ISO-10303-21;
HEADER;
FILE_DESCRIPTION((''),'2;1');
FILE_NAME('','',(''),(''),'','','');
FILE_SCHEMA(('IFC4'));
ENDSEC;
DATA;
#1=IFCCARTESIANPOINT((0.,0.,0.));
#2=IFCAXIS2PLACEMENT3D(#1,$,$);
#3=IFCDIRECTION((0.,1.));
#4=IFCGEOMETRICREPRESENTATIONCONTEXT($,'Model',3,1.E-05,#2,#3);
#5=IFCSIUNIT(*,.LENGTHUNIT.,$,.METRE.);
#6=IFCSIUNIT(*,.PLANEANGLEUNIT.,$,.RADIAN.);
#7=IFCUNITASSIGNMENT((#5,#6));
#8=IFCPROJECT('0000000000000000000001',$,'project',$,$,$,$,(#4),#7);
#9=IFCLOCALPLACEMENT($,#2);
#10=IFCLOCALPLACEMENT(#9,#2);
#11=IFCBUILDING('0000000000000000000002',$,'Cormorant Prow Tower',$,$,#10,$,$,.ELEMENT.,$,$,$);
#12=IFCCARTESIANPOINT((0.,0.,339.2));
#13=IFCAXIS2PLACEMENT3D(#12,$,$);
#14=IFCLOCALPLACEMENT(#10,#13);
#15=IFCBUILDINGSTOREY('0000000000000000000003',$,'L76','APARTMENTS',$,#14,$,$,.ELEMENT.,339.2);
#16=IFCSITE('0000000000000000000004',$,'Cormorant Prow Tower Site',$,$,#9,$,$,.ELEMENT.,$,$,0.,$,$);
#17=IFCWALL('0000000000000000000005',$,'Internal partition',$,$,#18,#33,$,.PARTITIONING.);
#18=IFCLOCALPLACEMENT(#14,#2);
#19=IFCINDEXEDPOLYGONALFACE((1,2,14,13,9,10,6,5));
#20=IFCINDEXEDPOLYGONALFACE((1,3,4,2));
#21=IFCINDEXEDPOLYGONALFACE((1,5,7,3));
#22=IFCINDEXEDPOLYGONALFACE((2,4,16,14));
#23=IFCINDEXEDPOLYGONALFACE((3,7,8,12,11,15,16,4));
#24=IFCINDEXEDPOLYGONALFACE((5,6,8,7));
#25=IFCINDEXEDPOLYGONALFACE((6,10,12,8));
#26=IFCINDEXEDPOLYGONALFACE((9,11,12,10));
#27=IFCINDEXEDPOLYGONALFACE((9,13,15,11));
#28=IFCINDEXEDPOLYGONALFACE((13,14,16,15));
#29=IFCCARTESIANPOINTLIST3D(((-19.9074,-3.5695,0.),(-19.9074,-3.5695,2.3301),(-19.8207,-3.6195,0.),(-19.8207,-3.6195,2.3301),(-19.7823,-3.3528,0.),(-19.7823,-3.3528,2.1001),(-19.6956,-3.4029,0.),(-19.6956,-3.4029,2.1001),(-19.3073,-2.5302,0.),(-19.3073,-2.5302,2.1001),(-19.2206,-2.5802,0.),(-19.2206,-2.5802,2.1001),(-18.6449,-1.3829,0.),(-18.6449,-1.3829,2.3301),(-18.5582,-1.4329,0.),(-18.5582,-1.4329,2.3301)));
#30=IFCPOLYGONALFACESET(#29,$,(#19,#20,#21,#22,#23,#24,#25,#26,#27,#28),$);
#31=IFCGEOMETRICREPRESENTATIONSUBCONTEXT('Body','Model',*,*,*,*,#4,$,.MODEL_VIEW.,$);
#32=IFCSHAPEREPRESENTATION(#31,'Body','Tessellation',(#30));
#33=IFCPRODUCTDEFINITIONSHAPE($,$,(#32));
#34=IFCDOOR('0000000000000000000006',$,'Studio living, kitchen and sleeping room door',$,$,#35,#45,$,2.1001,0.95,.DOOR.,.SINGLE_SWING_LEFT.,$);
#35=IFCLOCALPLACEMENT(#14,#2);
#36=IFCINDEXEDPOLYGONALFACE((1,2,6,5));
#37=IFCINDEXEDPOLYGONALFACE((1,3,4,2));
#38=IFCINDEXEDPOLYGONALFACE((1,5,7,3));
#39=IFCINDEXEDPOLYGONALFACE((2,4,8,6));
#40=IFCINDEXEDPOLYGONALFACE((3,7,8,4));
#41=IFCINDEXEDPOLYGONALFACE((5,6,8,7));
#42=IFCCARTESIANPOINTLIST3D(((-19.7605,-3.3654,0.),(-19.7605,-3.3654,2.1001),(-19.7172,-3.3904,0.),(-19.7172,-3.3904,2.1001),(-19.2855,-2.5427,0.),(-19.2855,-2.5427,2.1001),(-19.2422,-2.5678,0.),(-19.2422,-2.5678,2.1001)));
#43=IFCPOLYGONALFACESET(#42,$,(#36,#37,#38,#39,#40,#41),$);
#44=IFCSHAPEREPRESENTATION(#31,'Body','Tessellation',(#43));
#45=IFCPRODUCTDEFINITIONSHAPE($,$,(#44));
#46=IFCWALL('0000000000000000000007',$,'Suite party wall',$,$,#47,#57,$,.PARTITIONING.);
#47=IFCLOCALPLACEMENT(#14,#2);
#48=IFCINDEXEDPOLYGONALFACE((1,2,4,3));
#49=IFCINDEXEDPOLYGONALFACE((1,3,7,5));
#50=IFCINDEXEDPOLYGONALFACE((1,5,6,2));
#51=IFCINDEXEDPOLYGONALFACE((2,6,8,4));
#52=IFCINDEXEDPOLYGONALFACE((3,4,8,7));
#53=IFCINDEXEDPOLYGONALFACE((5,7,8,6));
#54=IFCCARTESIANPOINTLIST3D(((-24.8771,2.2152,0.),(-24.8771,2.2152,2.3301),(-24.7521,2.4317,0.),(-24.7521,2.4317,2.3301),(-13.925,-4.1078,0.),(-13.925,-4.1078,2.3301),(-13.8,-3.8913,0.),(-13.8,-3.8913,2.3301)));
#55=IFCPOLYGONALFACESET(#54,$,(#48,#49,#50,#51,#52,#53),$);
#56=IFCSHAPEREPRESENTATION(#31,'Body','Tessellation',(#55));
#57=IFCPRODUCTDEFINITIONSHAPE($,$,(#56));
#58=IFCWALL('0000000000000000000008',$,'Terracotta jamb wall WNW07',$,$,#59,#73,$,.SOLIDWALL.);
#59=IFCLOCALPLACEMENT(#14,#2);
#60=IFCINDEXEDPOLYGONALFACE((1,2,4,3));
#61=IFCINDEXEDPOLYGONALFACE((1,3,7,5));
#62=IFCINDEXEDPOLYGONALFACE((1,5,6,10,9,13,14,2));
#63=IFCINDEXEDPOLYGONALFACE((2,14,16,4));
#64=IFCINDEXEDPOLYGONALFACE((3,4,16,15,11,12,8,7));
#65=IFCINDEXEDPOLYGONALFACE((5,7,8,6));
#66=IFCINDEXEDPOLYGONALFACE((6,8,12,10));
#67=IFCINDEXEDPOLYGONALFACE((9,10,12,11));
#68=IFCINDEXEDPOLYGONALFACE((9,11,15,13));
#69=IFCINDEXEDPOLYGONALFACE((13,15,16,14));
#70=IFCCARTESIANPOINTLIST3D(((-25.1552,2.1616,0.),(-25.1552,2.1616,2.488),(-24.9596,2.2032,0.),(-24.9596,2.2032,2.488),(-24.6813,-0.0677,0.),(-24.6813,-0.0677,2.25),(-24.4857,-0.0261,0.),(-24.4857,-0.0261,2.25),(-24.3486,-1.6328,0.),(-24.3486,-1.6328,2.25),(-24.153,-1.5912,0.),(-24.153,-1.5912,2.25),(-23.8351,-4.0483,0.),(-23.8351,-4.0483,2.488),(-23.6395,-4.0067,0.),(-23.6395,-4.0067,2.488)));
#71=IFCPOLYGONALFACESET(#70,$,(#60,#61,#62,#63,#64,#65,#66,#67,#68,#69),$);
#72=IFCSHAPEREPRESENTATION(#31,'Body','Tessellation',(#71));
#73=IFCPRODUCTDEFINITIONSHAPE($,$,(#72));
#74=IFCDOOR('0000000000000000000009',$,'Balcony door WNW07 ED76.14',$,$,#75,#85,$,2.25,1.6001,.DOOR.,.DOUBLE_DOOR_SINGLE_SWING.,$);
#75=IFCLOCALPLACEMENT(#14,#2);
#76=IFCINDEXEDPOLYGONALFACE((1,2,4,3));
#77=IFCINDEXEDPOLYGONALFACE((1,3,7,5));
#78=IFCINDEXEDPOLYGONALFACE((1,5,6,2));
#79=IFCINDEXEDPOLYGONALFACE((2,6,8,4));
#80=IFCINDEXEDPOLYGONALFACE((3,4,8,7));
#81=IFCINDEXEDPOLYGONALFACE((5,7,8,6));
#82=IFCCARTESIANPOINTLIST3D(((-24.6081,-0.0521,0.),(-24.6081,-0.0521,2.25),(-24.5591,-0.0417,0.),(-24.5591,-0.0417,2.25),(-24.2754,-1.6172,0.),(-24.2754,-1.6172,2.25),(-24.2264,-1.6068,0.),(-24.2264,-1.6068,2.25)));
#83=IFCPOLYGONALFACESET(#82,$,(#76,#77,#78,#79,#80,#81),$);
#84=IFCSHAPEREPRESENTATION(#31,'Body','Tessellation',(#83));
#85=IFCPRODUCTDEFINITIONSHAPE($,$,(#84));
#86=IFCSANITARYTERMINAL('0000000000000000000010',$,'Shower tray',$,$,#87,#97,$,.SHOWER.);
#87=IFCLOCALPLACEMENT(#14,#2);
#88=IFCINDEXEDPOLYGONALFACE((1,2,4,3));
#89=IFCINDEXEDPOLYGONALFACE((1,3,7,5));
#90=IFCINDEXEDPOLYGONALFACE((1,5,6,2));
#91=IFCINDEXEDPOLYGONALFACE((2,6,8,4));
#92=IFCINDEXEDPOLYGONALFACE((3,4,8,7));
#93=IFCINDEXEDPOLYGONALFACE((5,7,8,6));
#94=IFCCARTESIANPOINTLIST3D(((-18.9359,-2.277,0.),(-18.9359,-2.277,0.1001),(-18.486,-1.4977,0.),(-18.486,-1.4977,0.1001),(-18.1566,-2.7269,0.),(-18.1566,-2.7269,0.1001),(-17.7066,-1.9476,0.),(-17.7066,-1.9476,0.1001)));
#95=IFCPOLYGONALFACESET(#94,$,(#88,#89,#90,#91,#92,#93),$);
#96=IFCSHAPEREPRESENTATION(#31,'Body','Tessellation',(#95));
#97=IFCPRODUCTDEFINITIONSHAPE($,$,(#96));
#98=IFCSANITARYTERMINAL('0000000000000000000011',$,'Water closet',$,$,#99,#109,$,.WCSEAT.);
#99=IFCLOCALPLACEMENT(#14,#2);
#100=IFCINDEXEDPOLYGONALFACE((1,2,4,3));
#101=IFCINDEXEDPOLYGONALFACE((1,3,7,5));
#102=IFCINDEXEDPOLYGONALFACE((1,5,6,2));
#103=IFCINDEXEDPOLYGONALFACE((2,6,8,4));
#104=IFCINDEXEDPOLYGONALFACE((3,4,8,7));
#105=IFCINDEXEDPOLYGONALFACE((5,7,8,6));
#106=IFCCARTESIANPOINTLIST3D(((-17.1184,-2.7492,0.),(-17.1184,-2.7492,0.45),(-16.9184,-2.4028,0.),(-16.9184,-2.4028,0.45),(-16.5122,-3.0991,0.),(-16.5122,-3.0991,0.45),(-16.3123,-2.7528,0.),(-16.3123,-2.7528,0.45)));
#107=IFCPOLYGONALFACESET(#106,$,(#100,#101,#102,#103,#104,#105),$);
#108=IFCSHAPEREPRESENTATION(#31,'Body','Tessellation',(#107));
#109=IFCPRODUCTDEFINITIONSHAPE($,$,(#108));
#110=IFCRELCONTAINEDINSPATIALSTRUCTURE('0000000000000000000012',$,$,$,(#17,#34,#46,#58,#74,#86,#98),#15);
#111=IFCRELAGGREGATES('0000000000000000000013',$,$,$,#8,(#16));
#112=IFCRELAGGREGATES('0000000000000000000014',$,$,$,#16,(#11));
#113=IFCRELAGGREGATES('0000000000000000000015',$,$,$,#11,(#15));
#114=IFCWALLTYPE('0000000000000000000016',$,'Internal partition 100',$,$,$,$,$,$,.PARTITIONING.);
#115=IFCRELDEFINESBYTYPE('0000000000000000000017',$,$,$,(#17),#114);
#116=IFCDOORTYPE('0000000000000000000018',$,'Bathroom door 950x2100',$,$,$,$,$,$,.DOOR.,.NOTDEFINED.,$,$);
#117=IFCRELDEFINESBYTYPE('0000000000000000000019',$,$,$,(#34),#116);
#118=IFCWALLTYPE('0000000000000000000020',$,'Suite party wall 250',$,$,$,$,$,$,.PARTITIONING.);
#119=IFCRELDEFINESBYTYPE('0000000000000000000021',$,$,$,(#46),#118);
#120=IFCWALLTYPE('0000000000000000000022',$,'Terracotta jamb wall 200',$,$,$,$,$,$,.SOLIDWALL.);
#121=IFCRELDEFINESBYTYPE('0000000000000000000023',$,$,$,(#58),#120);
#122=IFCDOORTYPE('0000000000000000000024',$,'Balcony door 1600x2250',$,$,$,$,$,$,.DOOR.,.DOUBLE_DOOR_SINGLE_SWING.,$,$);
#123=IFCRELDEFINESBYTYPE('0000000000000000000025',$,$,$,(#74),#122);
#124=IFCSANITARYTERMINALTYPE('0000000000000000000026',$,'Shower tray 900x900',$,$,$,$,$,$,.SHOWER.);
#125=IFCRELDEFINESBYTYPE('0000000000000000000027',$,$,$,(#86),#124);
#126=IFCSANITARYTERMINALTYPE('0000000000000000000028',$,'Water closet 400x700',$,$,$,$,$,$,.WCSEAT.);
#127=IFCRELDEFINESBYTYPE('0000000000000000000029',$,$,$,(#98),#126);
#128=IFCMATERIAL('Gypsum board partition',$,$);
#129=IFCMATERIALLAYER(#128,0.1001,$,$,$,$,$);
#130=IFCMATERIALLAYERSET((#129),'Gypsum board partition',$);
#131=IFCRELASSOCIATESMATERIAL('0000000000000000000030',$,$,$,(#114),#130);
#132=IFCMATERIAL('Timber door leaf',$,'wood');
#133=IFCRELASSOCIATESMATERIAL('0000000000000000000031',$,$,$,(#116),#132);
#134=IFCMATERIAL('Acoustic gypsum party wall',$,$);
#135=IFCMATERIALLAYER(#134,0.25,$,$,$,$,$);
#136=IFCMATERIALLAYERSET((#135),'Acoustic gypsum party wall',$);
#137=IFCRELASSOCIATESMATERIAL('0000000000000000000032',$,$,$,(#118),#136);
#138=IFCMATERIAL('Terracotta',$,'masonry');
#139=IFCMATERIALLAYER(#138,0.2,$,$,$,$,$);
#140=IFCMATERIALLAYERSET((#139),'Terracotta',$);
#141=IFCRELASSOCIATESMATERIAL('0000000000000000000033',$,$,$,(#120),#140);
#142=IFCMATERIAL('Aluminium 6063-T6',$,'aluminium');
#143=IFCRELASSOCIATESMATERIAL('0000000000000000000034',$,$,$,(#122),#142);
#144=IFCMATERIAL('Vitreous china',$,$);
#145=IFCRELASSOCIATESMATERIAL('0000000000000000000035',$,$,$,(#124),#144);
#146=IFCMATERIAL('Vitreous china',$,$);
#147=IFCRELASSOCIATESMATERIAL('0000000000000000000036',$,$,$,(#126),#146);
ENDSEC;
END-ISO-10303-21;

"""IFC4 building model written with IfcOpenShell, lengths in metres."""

from ifc_helpers import new_model, si_unit, direction, frame, frame_2d, origin, origin_2d, place, context, subcontext, project, spatial, rectangle, extrude, material, layer, layer_set, type_object, element, fill, save


model = new_model("IFC4")

# Units and contexts
model_context = context("Model", 3, precision=1e-05, world=origin(), true_north=direction((0.0, 1.0)))
body_context = subcontext(model_context, "Body", "Model", "MODEL_VIEW")
ifc_project = project(units=[si_unit("LENGTHUNIT", "METRE"), si_unit("PLANEANGLEUNIT", "RADIAN")], contexts=[model_context])

# Site, building, storey
site_placement = place(None, origin())
site = spatial("IfcSite", under=ifc_project, at=site_placement, Name="Cormorant Prow Tower Site", CompositionType="ELEMENT", RefElevation=0.0)
building_placement = place(site_placement, origin())
building = spatial("IfcBuilding", under=site, at=building_placement, Name="Cormorant Prow Tower", CompositionType="ELEMENT")
storey_placement = place(building_placement, frame((0.0, 0.0, 339.2)))
storey = spatial("IfcBuildingStorey", under=building, at=storey_placement, Name="L76", Description="APARTMENTS", CompositionType="ELEMENT", Elevation=339.2)

# Shared definitions
ifc_material_1 = material(Name="Gypsum board partition")
ifc_layer_1 = layer(ifc_material_1, 0.1001)
ifc_layer_set_1 = layer_set([ifc_layer_1], Name="Gypsum board partition")
wall_type_1 = type_object("IfcWallType", Name="Internal partition 100", PredefinedType="PARTITIONING", material=ifc_layer_set_1)
ifc_material_2 = material(Name="Timber door leaf", Category="wood")
door_type_1 = type_object("IfcDoorType", Name="Bathroom door 950x2100", OperationType="NOTDEFINED", PredefinedType="DOOR", material=ifc_material_2)

# Wall, opening, door
wall_1_placement = place(storey_placement, frame((-19.864, -3.5945, 0.0), z_axis=(0.0, 0.0, 1.0), x_axis=(0.500018, 0.866015, 0.0)))
wall_1 = element("IfcWall", 1, at=wall_1_placement, inside=storey, type_object=wall_type_1, Name="Internal partition", PredefinedType="PARTITIONING", context=body_context, shape_type="SweptSolid", body=[
    extrude(rectangle(XDim=2.5249, YDim=0.1001, at=frame_2d((1.2625, 0.0))), origin(), (0.0, 0.0, 1.0), 2.3301),
])
opening_1_placement = place(wall_1_placement, frame((0.25, 0.0, 0.0)))
opening_1 = element("IfcOpeningElement", 2, at=opening_1_placement, cuts=wall_1, PredefinedType="OPENING", context=body_context, shape_type="SweptSolid", body=[
    extrude(rectangle(XDim=0.95, YDim=2.1001, at=frame_2d((0.4751, 1.05))), frame((0.0, 0.0601, 0.0), z_axis=(0.0, -1.0, 0.0), x_axis=(1.0, 0.0, 0.0)), (0.0, 0.0, 1.0), 0.1201),
])
door_1_placement = place(opening_1_placement, origin())
door_1 = element("IfcDoor", 3, at=door_1_placement, inside=storey, type_object=door_type_1, Name="Studio living, kitchen and sleeping room door", OperationType="SINGLE_SWING_LEFT", OverallHeight=2.1001, OverallWidth=0.95, PredefinedType="DOOR", context=body_context, shape_type="SweptSolid", body=[
    extrude(rectangle(XDim=0.95, YDim=2.1001, at=frame_2d((0.4751, 1.05))), frame((0.0, 0.0249, 0.0), z_axis=(0.0, -1.0, 0.0), x_axis=(1.0, 0.0, 0.0)), (0.0, 0.0, 1.0), 0.05),
])
fill(opening_1, door_1)

# Wall
ifc_material_3 = material(Name="Acoustic gypsum party wall")
ifc_layer_2 = layer(ifc_material_3, 0.25)
ifc_layer_set_2 = layer_set([ifc_layer_2], Name="Acoustic gypsum party wall")
wall_type_2 = type_object("IfcWallType", Name="Suite party wall 250", PredefinedType="PARTITIONING", material=ifc_layer_set_2)
wall_2_placement = place(storey_placement, frame((-24.8147, 2.3235, 0.0), z_axis=(0.0, 0.0, 1.0), x_axis=(0.866033, -0.499986, 0.0)))
element("IfcWall", 4, at=wall_2_placement, inside=storey, type_object=wall_type_2, Name="Suite party wall", PredefinedType="PARTITIONING", context=body_context, shape_type="SweptSolid", body=[
    extrude(rectangle(XDim=12.6462, YDim=0.25, at=frame_2d((6.3232, 0.0))), origin(), (0.0, 0.0, 1.0), 2.3301),
])

# Wall, opening, door
ifc_material_4 = material(Name="Terracotta", Category="masonry")
ifc_layer_3 = layer(ifc_material_4, 0.2)
ifc_layer_set_3 = layer_set([ifc_layer_3], Name="Terracotta")
wall_type_3 = type_object("IfcWallType", Name="Terracotta jamb wall 200", PredefinedType="SOLIDWALL", material=ifc_layer_set_3)
wall_3_placement = place(storey_placement, frame((-25.0574, 2.1824, 0.0), z_axis=(0.0, 0.0, 1.0), x_axis=(0.207927, -0.978144, 0.0)))
wall_3 = element("IfcWall", 5, at=wall_3_placement, inside=storey, type_object=wall_type_3, Name="Terracotta jamb wall WNW07", PredefinedType="SOLIDWALL", context=body_context, shape_type="SweptSolid", body=[
    extrude(rectangle(XDim=6.3486, YDim=0.2, at=frame_2d((3.1743, 0.0))), origin(), (0.0, 0.0, 1.0), 2.488),
])
opening_2_placement = place(wall_3_placement, frame((2.2791, 0.0, 0.0)))
opening_2 = element("IfcOpeningElement", 6, at=opening_2_placement, cuts=wall_3, PredefinedType="OPENING", context=body_context, shape_type="SweptSolid", body=[
    extrude(rectangle(XDim=1.6001, YDim=2.25, at=frame_2d((0.8, 1.125))), frame((0.0, 0.1099, 0.0), z_axis=(0.0, -1.0, 0.0), x_axis=(1.0, 0.0, 0.0)), (0.0, 0.0, 1.0), 0.22),
])
ifc_material_5 = material(Name="Aluminium 6063-T6", Category="aluminium")
door_type_2 = type_object("IfcDoorType", Name="Balcony door 1600x2250", OperationType="DOUBLE_DOOR_SINGLE_SWING", PredefinedType="DOOR", material=ifc_material_5)
door_2_placement = place(opening_2_placement, origin())
door_2 = element("IfcDoor", 7, at=door_2_placement, inside=storey, type_object=door_type_2, Name="Balcony door WNW07 ED76.14", OperationType="DOUBLE_DOOR_SINGLE_SWING", OverallHeight=2.25, OverallWidth=1.6001, PredefinedType="DOOR", context=body_context, shape_type="SweptSolid", body=[
    extrude(rectangle(XDim=1.6001, YDim=2.25, at=frame_2d((0.8, 1.125))), frame((0.0, 0.0249, 0.0), z_axis=(0.0, -1.0, 0.0), x_axis=(1.0, 0.0, 0.0)), (0.0, 0.0, 1.0), 0.05),
])
fill(opening_2, door_2)

# Sanitary terminals
ifc_material_6 = material(Name="Vitreous china")
sanitary_terminal_type_1 = type_object("IfcSanitaryTerminalType", Name="Shower tray 900x900", PredefinedType="SHOWER", material=ifc_material_6)
sanitary_terminal_1_placement = place(storey_placement, frame((-18.3213, -2.1123, 0.0), z_axis=(0.0, 0.0, 1.0), x_axis=(0.866025, -0.5, 0.0)))
element("IfcSanitaryTerminal", 8, at=sanitary_terminal_1_placement, inside=storey, type_object=sanitary_terminal_type_1, Name="Shower tray", PredefinedType="SHOWER", context=body_context, shape_type="SweptSolid", body=[
    extrude(rectangle(XDim=0.8999, YDim=0.8999, at=origin_2d()), origin(), (0.0, 0.0, 1.0), 0.1001),
])
ifc_material_7 = material(Name="Vitreous china")
sanitary_terminal_type_2 = type_object("IfcSanitaryTerminalType", Name="Water closet 400x700", PredefinedType="WCSEAT", material=ifc_material_7)
sanitary_terminal_2_placement = place(storey_placement, frame((-16.7153, -2.751, 0.0), z_axis=(0.0, 0.0, 1.0), x_axis=(-0.5, -0.866025, 0.0)))
element("IfcSanitaryTerminal", 9, at=sanitary_terminal_2_placement, inside=storey, type_object=sanitary_terminal_type_2, Name="Water closet", PredefinedType="WCSEAT", context=body_context, shape_type="SweptSolid", body=[
    extrude(rectangle(XDim=0.3999, YDim=0.7, at=origin_2d()), origin(), (0.0, 0.0, 1.0), 0.45),
])

save(model, "model.ifc")
